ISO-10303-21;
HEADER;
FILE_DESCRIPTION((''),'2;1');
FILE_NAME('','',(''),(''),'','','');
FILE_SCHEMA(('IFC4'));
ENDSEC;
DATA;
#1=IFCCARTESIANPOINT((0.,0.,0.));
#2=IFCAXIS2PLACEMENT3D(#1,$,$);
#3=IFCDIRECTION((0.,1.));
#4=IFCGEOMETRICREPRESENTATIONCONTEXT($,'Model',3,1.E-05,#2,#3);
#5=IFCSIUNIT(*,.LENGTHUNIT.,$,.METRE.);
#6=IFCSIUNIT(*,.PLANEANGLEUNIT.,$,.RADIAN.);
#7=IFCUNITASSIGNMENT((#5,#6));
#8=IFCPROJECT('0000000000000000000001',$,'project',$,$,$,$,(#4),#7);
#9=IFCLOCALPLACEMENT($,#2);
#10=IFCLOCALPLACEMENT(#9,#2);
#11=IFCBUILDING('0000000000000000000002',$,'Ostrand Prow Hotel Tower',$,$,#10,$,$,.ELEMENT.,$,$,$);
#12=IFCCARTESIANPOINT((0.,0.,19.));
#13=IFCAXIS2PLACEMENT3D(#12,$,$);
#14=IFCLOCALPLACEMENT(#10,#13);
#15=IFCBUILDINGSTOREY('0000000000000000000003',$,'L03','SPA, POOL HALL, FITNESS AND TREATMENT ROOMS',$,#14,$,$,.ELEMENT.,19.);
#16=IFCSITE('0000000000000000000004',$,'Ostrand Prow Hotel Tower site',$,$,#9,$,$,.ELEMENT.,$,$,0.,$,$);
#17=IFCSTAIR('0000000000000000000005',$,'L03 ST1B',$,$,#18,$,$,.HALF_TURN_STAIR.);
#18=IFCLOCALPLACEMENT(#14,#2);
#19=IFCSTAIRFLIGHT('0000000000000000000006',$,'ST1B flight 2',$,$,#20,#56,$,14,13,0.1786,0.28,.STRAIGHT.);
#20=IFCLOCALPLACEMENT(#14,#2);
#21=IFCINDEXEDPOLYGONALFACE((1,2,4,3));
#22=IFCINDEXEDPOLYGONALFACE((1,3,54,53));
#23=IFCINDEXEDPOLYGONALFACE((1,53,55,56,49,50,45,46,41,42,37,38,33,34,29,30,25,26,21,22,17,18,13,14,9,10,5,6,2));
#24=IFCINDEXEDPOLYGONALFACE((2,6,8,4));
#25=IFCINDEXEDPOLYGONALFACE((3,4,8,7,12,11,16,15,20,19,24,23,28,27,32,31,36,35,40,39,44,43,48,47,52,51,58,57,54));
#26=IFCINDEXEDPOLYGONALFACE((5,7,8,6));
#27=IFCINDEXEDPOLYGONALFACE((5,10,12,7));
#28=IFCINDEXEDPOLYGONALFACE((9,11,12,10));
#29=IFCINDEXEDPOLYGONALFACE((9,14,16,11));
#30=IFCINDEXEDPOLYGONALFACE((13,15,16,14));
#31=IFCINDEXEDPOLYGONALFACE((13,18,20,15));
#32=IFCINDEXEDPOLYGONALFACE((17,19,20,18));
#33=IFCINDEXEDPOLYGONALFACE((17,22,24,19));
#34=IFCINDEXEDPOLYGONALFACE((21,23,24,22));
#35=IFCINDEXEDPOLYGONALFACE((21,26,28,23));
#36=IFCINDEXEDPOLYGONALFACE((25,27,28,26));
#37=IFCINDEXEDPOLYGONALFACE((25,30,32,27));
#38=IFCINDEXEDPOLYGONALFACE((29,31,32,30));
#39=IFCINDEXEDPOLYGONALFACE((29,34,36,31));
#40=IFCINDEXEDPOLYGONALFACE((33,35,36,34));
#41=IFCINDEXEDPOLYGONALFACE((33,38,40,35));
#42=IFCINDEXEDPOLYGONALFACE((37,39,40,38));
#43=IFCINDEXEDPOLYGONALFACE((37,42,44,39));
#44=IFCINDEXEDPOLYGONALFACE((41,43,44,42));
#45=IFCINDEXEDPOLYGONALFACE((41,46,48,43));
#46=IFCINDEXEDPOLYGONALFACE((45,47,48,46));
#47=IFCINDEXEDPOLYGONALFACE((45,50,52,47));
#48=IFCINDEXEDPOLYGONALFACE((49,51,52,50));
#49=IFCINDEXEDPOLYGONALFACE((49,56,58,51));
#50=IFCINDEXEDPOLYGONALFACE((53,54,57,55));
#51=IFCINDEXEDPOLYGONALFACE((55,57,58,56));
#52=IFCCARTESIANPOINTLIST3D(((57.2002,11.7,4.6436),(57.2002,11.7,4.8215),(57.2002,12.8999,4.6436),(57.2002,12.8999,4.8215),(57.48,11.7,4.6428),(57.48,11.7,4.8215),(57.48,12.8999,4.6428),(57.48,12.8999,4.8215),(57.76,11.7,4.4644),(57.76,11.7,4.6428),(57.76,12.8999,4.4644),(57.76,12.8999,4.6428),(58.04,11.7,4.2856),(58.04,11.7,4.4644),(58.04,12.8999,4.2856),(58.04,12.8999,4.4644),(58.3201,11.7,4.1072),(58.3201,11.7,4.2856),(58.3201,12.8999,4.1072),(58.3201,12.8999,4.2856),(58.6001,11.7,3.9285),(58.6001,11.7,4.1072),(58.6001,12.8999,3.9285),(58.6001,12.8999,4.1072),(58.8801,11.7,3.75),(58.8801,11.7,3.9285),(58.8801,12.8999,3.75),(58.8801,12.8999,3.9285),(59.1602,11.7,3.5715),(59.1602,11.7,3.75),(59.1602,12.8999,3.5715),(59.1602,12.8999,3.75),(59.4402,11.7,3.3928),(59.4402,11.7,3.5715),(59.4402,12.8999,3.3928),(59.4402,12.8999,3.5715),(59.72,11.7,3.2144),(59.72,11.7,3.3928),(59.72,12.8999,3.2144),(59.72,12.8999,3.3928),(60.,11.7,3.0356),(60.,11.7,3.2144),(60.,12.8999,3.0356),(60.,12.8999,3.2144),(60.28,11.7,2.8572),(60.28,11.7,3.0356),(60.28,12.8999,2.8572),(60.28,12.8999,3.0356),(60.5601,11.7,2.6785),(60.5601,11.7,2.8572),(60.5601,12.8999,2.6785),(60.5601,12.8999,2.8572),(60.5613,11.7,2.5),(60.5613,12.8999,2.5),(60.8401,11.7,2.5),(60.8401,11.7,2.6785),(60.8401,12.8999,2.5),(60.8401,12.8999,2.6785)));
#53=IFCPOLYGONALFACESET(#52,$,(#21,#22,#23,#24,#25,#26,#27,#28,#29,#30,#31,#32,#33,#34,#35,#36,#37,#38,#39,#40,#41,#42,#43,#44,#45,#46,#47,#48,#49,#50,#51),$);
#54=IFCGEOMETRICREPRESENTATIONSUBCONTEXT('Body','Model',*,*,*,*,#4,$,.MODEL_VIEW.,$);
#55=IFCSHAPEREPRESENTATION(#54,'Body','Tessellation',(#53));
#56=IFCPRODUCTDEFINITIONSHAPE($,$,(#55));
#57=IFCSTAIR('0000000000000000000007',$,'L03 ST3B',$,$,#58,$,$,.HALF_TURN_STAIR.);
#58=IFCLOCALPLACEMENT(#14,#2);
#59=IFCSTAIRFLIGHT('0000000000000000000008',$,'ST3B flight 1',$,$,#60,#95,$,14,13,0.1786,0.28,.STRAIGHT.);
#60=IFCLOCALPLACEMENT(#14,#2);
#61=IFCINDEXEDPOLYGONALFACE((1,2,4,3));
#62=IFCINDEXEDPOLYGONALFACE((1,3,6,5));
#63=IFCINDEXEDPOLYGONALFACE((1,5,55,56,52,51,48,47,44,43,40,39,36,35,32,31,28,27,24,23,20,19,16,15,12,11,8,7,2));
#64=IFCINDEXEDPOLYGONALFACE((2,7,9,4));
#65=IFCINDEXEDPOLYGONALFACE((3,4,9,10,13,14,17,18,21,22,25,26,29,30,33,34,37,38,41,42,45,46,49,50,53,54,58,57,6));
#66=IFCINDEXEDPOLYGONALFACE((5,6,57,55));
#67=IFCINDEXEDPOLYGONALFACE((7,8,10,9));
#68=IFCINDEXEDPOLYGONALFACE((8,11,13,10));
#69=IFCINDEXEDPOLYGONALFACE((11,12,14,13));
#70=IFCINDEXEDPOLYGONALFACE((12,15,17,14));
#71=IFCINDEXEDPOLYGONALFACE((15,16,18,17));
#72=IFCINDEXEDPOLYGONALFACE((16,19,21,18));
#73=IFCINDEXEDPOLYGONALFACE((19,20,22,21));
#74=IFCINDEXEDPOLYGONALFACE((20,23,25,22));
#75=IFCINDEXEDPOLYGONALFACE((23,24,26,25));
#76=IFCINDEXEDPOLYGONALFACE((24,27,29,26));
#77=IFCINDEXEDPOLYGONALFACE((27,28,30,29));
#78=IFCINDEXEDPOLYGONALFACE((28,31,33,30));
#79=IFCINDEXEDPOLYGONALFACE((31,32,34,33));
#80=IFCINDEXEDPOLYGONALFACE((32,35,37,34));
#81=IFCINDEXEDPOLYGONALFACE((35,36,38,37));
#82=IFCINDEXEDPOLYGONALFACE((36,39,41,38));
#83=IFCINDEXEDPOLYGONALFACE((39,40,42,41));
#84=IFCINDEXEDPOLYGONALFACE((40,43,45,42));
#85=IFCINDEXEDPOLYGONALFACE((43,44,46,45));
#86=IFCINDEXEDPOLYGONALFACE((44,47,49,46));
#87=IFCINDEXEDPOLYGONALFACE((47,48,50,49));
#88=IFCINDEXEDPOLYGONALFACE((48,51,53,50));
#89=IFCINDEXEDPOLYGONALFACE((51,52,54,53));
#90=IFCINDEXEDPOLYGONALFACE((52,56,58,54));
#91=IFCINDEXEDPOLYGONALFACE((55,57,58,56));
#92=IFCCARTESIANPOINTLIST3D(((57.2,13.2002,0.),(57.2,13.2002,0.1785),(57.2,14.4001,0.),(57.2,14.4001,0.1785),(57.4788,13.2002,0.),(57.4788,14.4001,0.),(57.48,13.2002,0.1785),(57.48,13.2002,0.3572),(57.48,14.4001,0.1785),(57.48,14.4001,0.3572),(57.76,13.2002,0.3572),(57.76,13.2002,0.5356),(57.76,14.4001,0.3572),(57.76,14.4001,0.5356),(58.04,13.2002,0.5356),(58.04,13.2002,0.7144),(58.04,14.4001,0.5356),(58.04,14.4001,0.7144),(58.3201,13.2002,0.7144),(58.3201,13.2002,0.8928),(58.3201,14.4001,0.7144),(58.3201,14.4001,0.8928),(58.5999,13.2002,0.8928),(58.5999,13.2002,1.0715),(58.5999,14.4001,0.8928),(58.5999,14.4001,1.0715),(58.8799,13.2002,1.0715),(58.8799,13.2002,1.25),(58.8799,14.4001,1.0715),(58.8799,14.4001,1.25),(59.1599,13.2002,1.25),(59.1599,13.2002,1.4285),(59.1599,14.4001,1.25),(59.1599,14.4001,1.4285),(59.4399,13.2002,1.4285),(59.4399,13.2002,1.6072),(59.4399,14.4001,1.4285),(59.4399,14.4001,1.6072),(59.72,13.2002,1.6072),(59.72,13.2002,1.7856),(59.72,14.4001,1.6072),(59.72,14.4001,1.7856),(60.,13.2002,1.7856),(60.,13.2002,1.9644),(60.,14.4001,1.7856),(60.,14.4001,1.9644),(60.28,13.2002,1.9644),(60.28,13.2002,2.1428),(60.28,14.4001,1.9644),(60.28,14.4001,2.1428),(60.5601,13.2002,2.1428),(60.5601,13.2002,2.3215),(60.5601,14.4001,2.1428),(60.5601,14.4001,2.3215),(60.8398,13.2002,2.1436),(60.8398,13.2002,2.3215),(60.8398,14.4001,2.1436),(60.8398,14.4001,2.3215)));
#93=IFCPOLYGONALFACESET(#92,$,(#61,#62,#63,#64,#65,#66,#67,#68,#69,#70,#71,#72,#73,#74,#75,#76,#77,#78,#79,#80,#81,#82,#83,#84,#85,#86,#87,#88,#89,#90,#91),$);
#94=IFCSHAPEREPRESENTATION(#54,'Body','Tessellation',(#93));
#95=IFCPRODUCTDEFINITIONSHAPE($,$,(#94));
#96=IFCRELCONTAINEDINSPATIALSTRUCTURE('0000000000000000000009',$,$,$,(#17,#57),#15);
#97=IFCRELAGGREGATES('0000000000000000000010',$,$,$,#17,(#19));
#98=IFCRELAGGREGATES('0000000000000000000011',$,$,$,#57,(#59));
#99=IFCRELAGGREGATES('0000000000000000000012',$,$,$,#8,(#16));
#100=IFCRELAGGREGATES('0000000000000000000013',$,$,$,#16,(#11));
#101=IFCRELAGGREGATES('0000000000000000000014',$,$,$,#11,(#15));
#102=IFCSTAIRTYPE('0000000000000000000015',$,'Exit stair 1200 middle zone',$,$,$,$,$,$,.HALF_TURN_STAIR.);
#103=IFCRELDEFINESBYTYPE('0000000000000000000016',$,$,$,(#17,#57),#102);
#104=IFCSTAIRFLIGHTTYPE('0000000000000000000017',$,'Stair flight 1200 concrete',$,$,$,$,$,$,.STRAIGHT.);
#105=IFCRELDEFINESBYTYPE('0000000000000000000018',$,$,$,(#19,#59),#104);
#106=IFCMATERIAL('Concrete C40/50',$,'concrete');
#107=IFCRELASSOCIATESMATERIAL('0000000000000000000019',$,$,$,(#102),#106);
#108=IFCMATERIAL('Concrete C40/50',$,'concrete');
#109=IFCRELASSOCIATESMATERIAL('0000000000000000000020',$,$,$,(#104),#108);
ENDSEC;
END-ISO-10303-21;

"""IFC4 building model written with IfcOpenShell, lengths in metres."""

from ifc_helpers import new_model, si_unit, direction, frame, origin, place, context, subcontext, project, spatial, polyline, outline, extrude, material, type_object, element, aggregate, save


model = new_model("IFC4")

# Units and contexts
model_context = context("Model", 3, precision=1e-05, world=origin(), true_north=direction((0.0, 1.0)))
body_context = subcontext(model_context, "Body", "Model", "MODEL_VIEW")
ifc_project = project(units=[si_unit("LENGTHUNIT", "METRE"), si_unit("PLANEANGLEUNIT", "RADIAN")], contexts=[model_context])

# Site, building, storey
site_placement = place(None, origin())
site = spatial("IfcSite", under=ifc_project, at=site_placement, Name="Ostrand Prow Hotel Tower site", CompositionType="ELEMENT", RefElevation=0.0)
building_placement = place(site_placement, origin())
building = spatial("IfcBuilding", under=site, at=building_placement, Name="Ostrand Prow Hotel Tower", CompositionType="ELEMENT")
storey_placement = place(building_placement, frame((0.0, 0.0, 19.0)))
storey = spatial("IfcBuildingStorey", under=building, at=storey_placement, Name="L03", Description="SPA, POOL HALL, FITNESS AND TREATMENT ROOMS", CompositionType="ELEMENT", Elevation=19.0)

# Stair, stair flight
ifc_material_1 = material(Name="Concrete C40/50", Category="concrete")
stair_type = type_object("IfcStairType", Name="Exit stair 1200 middle zone", PredefinedType="HALF_TURN_STAIR", material=ifc_material_1)
stair_1_placement = place(storey_placement, origin())
stair_1 = element("IfcStair", 1, at=stair_1_placement, inside=storey, type_object=stair_type, Name="L03 ST1B", PredefinedType="HALF_TURN_STAIR")
ifc_material_2 = material(Name="Concrete C40/50", Category="concrete")
stair_flight_type = type_object("IfcStairFlightType", Name="Stair flight 1200 concrete", PredefinedType="STRAIGHT", material=ifc_material_2)
stair_flight_1_placement = place(storey_placement, frame((60.8401, 12.3, 2.5), z_axis=(0.0, 0.0, 1.0), x_axis=(-1.0, 0.0, 0.0)))
stair_flight_1 = element("IfcStairFlight", 2, at=stair_flight_1_placement, type_object=stair_flight_type, Name="ST1B flight 2", NumberOfRisers=14, NumberOfTreads=13, PredefinedType="STRAIGHT", RiserHeight=0.1786, TreadLength=0.28, context=body_context, shape_type="SweptSolid", body=[
    extrude(outline(polyline([(0.0, 0.0), (0.0, 0.1785), (0.28, 0.1785), (0.28, 0.3572), (0.5601, 0.3572), (0.5601, 0.5356), (0.8401, 0.5356), (0.8401, 0.7144), (1.1201, 0.7144), (1.1201, 0.8928), (1.3999, 0.8928), (1.3999, 1.0715), (1.6799, 1.0715), (1.6799, 1.25), (1.96, 1.25), (1.96, 1.4285), (2.24, 1.4285), (2.24, 1.6072), (2.52, 1.6072), (2.52, 1.7856), (2.8, 1.7856), (2.8, 1.9644), (3.0801, 1.9644), (3.0801, 2.1428), (3.3601, 2.1428), (3.3601, 2.3215), (3.6399, 2.3215), (3.6399, 2.5), (3.6399, 2.1436), (0.2788, 0.0), (0.0, 0.0)])), frame((0.0, 0.6001, 0.0), z_axis=(0.0, -1.0, 0.0), x_axis=(1.0, 0.0, 0.0)), (0.0, 0.0, 1.0), 1.2),
])
aggregate(stair_1, [stair_flight_1])

# Stair, stair flight
stair_2_placement = place(storey_placement, origin())
stair_2 = element("IfcStair", 3, at=stair_2_placement, inside=storey, type_object=stair_type, Name="L03 ST3B", PredefinedType="HALF_TURN_STAIR")
stair_flight_2_placement = place(storey_placement, frame((57.2, 13.8, 0.0), z_axis=(0.0, 0.0, 1.0), x_axis=(1.0, 0.0, 0.0)))
stair_flight_2 = element("IfcStairFlight", 4, at=stair_flight_2_placement, type_object=stair_flight_type, Name="ST3B flight 1", NumberOfRisers=14, NumberOfTreads=13, PredefinedType="STRAIGHT", RiserHeight=0.1786, TreadLength=0.28, context=body_context, shape_type="SweptSolid", body=[
    extrude(outline(polyline([(0.0, 0.0), (0.0, 0.1785), (0.28, 0.1785), (0.28, 0.3572), (0.5601, 0.3572), (0.5601, 0.5356), (0.8401, 0.5356), (0.8401, 0.7144), (1.1201, 0.7144), (1.1201, 0.8928), (1.3999, 0.8928), (1.3999, 1.0715), (1.6799, 1.0715), (1.6799, 1.25), (1.96, 1.25), (1.96, 1.4285), (2.24, 1.4285), (2.24, 1.6072), (2.52, 1.6072), (2.52, 1.7856), (2.8, 1.7856), (2.8, 1.9644), (3.0801, 1.9644), (3.0801, 2.1428), (3.3601, 2.1428), (3.3601, 2.3215), (3.6399, 2.3215), (3.6399, 2.5), (3.6399, 2.1436), (0.2788, 0.0), (0.0, 0.0)])), frame((0.0, 0.6001, 0.0), z_axis=(0.0, -1.0, 0.0), x_axis=(1.0, 0.0, 0.0)), (0.0, 0.0, 1.0), 1.2),
])
aggregate(stair_2, [stair_flight_2])

save(model, "model.ifc")
